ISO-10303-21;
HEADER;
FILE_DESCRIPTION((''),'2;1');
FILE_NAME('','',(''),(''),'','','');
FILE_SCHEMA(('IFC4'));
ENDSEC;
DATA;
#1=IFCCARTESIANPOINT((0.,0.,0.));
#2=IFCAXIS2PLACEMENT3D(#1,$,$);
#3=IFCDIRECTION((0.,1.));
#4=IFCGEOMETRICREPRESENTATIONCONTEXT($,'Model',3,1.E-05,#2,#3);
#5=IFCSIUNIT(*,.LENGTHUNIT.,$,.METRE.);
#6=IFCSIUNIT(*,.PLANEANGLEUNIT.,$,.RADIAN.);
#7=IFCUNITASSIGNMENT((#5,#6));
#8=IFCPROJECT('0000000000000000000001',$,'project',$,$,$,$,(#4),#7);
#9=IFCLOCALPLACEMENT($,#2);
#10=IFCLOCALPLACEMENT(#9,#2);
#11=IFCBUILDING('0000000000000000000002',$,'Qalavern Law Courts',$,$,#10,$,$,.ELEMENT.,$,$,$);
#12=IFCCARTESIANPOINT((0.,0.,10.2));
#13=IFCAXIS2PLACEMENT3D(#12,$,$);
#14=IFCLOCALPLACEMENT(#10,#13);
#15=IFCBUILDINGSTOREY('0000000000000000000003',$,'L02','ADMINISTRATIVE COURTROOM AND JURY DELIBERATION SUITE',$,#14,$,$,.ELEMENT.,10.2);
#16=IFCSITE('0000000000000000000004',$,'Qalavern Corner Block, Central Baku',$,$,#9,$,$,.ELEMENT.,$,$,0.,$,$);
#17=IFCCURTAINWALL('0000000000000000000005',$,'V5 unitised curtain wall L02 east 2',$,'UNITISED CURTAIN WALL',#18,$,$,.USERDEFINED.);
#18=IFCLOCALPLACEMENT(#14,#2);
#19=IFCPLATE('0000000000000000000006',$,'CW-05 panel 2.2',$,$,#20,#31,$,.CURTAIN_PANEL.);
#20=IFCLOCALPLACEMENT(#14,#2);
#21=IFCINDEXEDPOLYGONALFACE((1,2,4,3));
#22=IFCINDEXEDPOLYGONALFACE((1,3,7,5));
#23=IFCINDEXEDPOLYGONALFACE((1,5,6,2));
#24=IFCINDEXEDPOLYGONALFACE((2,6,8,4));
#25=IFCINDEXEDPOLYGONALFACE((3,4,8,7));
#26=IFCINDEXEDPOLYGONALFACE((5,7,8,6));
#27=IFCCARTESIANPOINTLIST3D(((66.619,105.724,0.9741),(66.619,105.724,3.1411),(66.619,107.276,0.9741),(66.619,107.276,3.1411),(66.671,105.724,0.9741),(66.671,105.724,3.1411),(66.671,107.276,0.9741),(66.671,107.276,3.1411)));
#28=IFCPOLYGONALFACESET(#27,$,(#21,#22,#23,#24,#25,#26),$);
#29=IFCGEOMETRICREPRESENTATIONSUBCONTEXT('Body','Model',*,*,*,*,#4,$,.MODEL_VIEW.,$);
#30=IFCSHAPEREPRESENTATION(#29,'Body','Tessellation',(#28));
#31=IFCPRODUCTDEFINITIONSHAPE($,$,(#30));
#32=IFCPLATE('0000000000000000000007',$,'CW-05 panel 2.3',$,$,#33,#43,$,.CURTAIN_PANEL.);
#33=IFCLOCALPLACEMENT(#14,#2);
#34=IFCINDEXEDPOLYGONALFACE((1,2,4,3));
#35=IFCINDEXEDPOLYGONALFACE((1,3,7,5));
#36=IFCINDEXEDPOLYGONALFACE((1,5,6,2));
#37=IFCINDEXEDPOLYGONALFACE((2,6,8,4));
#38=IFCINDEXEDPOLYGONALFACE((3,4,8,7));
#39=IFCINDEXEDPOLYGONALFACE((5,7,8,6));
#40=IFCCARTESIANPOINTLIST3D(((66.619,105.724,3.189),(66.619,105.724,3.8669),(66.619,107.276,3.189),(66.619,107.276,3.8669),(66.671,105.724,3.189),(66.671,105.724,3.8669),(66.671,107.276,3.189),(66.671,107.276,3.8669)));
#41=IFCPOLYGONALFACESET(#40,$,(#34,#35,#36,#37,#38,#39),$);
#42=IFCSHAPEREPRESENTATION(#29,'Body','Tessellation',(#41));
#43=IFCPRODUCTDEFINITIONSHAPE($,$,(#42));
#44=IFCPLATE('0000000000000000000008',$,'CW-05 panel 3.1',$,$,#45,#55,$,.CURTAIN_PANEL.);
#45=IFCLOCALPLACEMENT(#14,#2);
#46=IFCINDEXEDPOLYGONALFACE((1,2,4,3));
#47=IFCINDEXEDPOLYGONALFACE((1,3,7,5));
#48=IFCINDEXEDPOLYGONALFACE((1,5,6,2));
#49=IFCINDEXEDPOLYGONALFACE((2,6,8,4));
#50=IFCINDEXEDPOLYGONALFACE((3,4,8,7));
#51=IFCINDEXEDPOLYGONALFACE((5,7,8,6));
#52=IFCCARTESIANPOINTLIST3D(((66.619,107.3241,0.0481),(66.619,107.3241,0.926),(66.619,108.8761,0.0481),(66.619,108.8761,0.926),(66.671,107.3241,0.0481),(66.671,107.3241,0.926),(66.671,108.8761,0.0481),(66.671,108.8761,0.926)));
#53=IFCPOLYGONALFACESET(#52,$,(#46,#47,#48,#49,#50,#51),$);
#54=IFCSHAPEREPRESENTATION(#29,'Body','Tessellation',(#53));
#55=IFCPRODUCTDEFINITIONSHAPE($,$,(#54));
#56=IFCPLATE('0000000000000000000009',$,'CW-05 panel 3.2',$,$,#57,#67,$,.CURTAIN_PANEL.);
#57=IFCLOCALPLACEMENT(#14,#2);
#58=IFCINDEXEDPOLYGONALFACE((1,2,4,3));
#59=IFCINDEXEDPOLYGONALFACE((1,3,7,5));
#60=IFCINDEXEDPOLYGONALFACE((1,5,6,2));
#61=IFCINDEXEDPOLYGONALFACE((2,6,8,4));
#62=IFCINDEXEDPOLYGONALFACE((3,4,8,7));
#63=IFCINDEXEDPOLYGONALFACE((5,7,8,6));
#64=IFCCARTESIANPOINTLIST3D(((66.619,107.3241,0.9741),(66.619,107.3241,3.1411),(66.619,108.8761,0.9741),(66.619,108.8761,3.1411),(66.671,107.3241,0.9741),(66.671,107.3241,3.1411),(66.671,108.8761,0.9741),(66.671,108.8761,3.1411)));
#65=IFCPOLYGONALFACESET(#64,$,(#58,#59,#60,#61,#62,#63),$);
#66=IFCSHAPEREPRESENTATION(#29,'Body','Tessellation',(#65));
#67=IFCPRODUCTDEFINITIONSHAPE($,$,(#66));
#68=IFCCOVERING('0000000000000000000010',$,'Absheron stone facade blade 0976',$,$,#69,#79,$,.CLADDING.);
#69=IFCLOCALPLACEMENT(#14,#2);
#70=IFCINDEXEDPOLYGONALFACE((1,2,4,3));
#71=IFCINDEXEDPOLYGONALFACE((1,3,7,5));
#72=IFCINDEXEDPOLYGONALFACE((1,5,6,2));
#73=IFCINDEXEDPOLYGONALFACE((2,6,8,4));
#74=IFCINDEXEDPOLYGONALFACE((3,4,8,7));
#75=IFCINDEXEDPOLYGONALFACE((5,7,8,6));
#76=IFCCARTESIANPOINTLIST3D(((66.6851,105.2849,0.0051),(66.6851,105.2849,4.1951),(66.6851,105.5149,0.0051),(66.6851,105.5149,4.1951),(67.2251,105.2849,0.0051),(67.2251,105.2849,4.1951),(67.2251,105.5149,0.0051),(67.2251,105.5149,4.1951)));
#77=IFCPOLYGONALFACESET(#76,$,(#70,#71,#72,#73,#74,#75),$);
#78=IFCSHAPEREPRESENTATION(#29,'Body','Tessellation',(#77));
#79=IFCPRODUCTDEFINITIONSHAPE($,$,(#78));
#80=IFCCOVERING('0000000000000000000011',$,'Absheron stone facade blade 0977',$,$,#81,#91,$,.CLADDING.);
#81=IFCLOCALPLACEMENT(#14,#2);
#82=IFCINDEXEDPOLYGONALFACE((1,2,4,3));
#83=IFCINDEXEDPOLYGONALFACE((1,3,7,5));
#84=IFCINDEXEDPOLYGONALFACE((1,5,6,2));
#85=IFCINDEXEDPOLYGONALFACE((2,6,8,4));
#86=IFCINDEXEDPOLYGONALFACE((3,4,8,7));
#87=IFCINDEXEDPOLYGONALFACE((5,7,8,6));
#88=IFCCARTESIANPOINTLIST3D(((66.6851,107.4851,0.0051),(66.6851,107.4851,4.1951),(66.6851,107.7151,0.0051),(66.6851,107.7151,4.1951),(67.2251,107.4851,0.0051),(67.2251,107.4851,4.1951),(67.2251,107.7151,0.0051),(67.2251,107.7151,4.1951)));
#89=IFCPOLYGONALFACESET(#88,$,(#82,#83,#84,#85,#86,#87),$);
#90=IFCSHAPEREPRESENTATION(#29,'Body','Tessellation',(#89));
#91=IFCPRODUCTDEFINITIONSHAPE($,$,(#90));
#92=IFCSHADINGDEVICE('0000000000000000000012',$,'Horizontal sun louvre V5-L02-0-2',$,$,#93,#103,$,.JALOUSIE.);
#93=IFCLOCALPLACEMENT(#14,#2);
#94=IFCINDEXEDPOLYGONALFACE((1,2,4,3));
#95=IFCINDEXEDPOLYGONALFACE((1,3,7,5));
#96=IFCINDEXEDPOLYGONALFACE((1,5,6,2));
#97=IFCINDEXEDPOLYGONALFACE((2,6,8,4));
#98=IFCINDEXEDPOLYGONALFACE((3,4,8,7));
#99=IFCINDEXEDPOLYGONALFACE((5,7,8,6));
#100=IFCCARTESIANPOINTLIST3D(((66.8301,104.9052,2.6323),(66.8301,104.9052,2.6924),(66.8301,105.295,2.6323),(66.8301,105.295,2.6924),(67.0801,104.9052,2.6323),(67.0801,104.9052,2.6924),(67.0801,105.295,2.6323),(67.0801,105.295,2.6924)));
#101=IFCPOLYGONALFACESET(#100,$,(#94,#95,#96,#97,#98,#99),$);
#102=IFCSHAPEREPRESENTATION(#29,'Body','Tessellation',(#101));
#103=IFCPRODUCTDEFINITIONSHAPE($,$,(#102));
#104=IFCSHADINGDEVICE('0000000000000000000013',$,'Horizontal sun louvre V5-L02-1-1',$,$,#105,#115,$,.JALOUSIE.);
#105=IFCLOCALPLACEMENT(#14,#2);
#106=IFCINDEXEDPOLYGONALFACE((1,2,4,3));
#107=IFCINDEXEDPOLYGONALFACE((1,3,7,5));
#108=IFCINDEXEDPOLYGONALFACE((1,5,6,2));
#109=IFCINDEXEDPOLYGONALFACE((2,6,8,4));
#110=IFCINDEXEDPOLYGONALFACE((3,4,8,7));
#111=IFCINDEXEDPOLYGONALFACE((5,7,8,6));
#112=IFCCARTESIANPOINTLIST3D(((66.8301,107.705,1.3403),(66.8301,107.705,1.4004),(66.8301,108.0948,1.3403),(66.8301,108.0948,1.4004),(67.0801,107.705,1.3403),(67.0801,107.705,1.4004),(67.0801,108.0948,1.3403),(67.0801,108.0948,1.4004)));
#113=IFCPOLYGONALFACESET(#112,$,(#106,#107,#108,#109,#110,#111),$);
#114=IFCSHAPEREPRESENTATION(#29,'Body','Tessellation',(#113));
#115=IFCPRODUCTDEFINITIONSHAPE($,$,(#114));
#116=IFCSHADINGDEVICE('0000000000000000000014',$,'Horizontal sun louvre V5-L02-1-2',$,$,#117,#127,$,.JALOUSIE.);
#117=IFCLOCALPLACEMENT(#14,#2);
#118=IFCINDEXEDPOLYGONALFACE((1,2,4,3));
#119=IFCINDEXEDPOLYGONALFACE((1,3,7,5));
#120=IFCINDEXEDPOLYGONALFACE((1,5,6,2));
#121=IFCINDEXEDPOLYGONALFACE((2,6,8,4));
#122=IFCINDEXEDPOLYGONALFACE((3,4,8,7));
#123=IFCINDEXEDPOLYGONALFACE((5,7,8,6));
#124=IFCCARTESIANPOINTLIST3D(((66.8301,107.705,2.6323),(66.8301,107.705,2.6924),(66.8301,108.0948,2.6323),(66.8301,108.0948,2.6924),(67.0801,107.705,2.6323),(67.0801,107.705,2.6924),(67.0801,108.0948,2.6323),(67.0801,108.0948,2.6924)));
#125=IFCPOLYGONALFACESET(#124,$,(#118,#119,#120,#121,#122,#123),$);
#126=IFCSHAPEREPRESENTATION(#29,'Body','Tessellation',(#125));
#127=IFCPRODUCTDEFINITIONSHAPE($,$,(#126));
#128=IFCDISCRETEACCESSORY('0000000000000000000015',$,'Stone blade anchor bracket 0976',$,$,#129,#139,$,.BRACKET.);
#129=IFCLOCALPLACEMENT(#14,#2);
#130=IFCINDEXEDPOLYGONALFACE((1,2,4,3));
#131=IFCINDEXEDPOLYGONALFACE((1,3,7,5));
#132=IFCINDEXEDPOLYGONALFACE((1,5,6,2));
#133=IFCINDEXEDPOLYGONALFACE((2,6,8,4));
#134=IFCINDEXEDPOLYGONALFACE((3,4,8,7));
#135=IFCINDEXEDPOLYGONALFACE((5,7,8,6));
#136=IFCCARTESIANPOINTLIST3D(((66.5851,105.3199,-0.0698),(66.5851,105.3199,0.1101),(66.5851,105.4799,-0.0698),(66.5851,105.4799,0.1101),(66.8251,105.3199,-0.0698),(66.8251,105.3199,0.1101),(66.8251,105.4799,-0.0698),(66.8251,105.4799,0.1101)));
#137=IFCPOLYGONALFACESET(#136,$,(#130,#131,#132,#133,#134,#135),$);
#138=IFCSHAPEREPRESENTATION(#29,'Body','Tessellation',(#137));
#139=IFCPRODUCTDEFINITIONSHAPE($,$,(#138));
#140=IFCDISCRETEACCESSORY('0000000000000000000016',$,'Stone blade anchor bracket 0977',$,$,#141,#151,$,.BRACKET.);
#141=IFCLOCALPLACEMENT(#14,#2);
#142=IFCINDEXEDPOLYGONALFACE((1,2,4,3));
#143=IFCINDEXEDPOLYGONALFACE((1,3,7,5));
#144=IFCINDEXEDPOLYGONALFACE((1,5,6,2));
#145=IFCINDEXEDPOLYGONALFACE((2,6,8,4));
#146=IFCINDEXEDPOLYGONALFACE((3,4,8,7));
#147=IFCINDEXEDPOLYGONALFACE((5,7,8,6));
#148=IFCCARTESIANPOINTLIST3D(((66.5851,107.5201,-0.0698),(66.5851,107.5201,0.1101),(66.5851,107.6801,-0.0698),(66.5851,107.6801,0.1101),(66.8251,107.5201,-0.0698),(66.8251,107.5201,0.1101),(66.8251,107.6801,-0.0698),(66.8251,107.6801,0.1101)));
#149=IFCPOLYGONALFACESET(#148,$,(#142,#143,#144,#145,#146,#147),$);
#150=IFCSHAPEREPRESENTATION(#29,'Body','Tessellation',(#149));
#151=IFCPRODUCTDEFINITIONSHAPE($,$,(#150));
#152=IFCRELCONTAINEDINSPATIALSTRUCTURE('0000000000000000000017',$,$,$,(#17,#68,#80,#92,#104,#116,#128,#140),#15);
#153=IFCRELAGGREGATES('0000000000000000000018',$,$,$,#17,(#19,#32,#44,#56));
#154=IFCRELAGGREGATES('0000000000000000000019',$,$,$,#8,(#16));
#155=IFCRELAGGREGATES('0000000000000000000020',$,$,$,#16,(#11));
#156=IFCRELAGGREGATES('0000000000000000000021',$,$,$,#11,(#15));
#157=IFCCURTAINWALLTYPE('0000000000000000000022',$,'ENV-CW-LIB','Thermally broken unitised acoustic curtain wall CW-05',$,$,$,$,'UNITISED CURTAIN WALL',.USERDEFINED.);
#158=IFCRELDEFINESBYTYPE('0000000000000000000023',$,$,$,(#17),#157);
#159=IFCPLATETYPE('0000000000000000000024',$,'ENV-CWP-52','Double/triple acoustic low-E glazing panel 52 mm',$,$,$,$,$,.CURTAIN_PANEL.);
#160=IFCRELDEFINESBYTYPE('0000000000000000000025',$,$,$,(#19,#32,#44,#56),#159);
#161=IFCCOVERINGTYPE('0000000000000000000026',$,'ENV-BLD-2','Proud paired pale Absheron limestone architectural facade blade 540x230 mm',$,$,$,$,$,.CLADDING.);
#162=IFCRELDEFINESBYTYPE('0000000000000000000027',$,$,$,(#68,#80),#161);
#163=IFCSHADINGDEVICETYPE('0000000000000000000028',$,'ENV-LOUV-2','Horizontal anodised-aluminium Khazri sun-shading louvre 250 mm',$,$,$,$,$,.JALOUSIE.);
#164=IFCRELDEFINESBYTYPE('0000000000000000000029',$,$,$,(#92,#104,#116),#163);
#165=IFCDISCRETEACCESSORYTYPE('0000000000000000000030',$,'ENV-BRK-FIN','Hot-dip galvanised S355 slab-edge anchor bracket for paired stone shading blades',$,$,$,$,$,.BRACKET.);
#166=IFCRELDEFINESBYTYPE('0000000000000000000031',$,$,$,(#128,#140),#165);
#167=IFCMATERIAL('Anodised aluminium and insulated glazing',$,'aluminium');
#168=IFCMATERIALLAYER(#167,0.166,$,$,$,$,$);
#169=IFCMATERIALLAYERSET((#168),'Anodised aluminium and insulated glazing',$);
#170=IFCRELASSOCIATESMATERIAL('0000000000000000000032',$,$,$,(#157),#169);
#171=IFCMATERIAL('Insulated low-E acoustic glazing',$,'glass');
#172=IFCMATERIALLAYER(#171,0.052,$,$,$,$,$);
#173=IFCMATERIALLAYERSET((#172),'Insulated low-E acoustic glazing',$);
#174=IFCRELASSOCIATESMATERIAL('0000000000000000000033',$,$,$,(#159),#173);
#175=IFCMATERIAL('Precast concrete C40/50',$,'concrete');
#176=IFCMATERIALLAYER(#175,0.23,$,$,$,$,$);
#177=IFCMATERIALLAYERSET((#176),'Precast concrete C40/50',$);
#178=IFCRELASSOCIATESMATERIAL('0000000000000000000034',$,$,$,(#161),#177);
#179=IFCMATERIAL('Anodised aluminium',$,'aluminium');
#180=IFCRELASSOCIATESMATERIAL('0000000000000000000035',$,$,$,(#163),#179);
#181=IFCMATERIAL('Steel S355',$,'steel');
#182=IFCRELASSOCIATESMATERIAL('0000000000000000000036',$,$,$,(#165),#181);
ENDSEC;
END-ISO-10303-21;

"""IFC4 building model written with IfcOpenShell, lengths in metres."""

from ifc_helpers import new_model, si_unit, direction, frame, origin, origin_2d, place, context, subcontext, project, spatial, rectangle, extrude, material, layer, layer_set, type_object, element, aggregate, save


model = new_model("IFC4")

# Units and contexts
model_context = context("Model", 3, precision=1e-05, world=origin(), true_north=direction((0.0, 1.0)))
body_context = subcontext(model_context, "Body", "Model", "MODEL_VIEW")
ifc_project = project(units=[si_unit("LENGTHUNIT", "METRE"), si_unit("PLANEANGLEUNIT", "RADIAN")], contexts=[model_context])

# Site, building, storey
site_placement = place(None, origin())
site = spatial("IfcSite", under=ifc_project, at=site_placement, Name="Qalavern Corner Block, Central Baku", CompositionType="ELEMENT", RefElevation=0.0)
building_placement = place(site_placement, origin())
building = spatial("IfcBuilding", under=site, at=building_placement, Name="Qalavern Law Courts", CompositionType="ELEMENT")
storey_placement = place(building_placement, frame((0.0, 0.0, 10.2)))
storey = spatial("IfcBuildingStorey", under=building, at=storey_placement, Name="L02", Description="ADMINISTRATIVE COURTROOM AND JURY DELIBERATION SUITE", CompositionType="ELEMENT", Elevation=10.2)

# Curtain wall, plates
ifc_material_1 = material(Name="Anodised aluminium and insulated glazing", Category="aluminium")
ifc_layer_1 = layer(ifc_material_1, 0.166)
ifc_layer_set_1 = layer_set([ifc_layer_1], Name="Anodised aluminium and insulated glazing")
curtain_wall_type = type_object("IfcCurtainWallType", Name="ENV-CW-LIB", Description="Thermally broken unitised acoustic curtain wall CW-05", ElementType="UNITISED CURTAIN WALL", PredefinedType="USERDEFINED", material=ifc_layer_set_1)
curtain_wall_placement = place(storey_placement, origin())
curtain_wall = element("IfcCurtainWall", 1, at=curtain_wall_placement, inside=storey, type_object=curtain_wall_type, Name="V5 unitised curtain wall L02 east 2", ObjectType="UNITISED CURTAIN WALL", PredefinedType="USERDEFINED")
ifc_material_2 = material(Name="Anodised aluminium", Category="aluminium")
ifc_material_3 = material(Name="Insulated low-E acoustic glazing", Category="glass")
ifc_layer_2 = layer(ifc_material_3, 0.052)
ifc_layer_set_2 = layer_set([ifc_layer_2], Name="Insulated low-E acoustic glazing")
plate_type = type_object("IfcPlateType", Name="ENV-CWP-52", Description="Double/triple acoustic low-E glazing panel 52 mm", PredefinedType="CURTAIN_PANEL", material=ifc_layer_set_2)
plate_1_placement = place(storey_placement, frame((66.645, 106.5, 0.9741), z_axis=(0.0, 0.0, 1.0), x_axis=(0.0, 1.0, 0.0)))
plate_1 = element("IfcPlate", 2, at=plate_1_placement, type_object=plate_type, Name="CW-05 panel 2.2", PredefinedType="CURTAIN_PANEL", context=body_context, shape_type="SweptSolid", body=[
    extrude(rectangle(XDim=1.552, YDim=0.052, at=origin_2d()), origin(), (0.0, 0.0, 1.0), 2.167),
])
plate_2_placement = place(storey_placement, frame((66.645, 106.5, 3.189), z_axis=(0.0, 0.0, 1.0), x_axis=(0.0, 1.0, 0.0)))
plate_2 = element("IfcPlate", 3, at=plate_2_placement, type_object=plate_type, Name="CW-05 panel 2.3", PredefinedType="CURTAIN_PANEL", context=body_context, shape_type="SweptSolid", body=[
    extrude(rectangle(XDim=1.552, YDim=0.052, at=origin_2d()), origin(), (0.0, 0.0, 1.0), 0.678),
])
plate_3_placement = place(storey_placement, frame((66.645, 108.1001, 0.0481), z_axis=(0.0, 0.0, 1.0), x_axis=(0.0, 1.0, 0.0)))
plate_3 = element("IfcPlate", 4, at=plate_3_placement, type_object=plate_type, Name="CW-05 panel 3.1", PredefinedType="CURTAIN_PANEL", context=body_context, shape_type="SweptSolid", body=[
    extrude(rectangle(XDim=1.552, YDim=0.052, at=origin_2d()), origin(), (0.0, 0.0, 1.0), 0.8779),
])
plate_4_placement = place(storey_placement, frame((66.645, 108.1001, 0.9741), z_axis=(0.0, 0.0, 1.0), x_axis=(0.0, 1.0, 0.0)))
plate_4 = element("IfcPlate", 5, at=plate_4_placement, type_object=plate_type, Name="CW-05 panel 3.2", PredefinedType="CURTAIN_PANEL", context=body_context, shape_type="SweptSolid", body=[
    extrude(rectangle(XDim=1.552, YDim=0.052, at=origin_2d()), origin(), (0.0, 0.0, 1.0), 2.167),
])
aggregate(curtain_wall, [plate_1, plate_2, plate_3, plate_4])

# Coverings
ifc_material_4 = material(Name="Precast concrete C40/50", Category="concrete")
ifc_layer_3 = layer(ifc_material_4, 0.23)
ifc_layer_set_3 = layer_set([ifc_layer_3], Name="Precast concrete C40/50")
covering_type = type_object("IfcCoveringType", Name="ENV-BLD-2", Description="Proud paired pale Absheron limestone architectural facade blade 540x230 mm", PredefinedType="CLADDING", material=ifc_layer_set_3)
for number, where, z_axis, x_axis, name in (
    (6, (66.9551, 105.3999, 0.0051), (0.0, 0.0, 1.0), (1.0, 0.0, 0.0), "Absheron stone facade blade 0976"),
    (7, (66.9551, 107.6001, 0.0051), (0.0, 0.0, 1.0), (1.0, 0.0, 0.0), "Absheron stone facade blade 0977"),
):
    element("IfcCovering", number, at=place(storey_placement, frame(where, z_axis=z_axis, x_axis=x_axis)), inside=storey, type_object=covering_type, Name=name, PredefinedType="CLADDING", context=body_context, shape_type="SweptSolid", body=[
        extrude(rectangle(XDim=0.54, YDim=0.23, at=origin_2d()), origin(), (0.0, 0.0, 1.0), 4.1899),
    ])

# Shading devices
shading_device_type = type_object("IfcShadingDeviceType", Name="ENV-LOUV-2", Description="Horizontal anodised-aluminium Khazri sun-shading louvre 250 mm", PredefinedType="JALOUSIE", material=ifc_material_2)
for number, where, z_axis, x_axis, name in (
    (8, (66.9551, 105.1001, 2.6323), (0.0, 0.0, 1.0), (0.0, 1.0, 0.0), "Horizontal sun louvre V5-L02-0-2"),
    (9, (66.9551, 107.8999, 1.3403), (0.0, 0.0, 1.0), (0.0, 1.0, 0.0), "Horizontal sun louvre V5-L02-1-1"),
    (10, (66.9551, 107.8999, 2.6323), (0.0, 0.0, 1.0), (0.0, 1.0, 0.0), "Horizontal sun louvre V5-L02-1-2"),
):
    element("IfcShadingDevice", number, at=place(storey_placement, frame(where, z_axis=z_axis, x_axis=x_axis)), inside=storey, type_object=shading_device_type, Name=name, PredefinedType="JALOUSIE", context=body_context, shape_type="SweptSolid", body=[
        extrude(rectangle(XDim=0.3899, YDim=0.25, at=origin_2d()), origin(), (0.0, 0.0, 1.0), 0.0601),
    ])

# Discrete accessories
ifc_material_5 = material(Name="Steel S355", Category="steel")
discrete_accessory_type = type_object("IfcDiscreteAccessoryType", Name="ENV-BRK-FIN", Description="Hot-dip galvanised S355 slab-edge anchor bracket for paired stone shading blades", PredefinedType="BRACKET", material=ifc_material_5)
for number, where, z_axis, x_axis, name in (
    (11, (66.7051, 105.3999, -0.0698), (0.0, 0.0, 1.0), (1.0, 0.0, 0.0), "Stone blade anchor bracket 0976"),
    (12, (66.7051, 107.6001, -0.0698), (0.0, 0.0, 1.0), (1.0, 0.0, 0.0), "Stone blade anchor bracket 0977"),
):
    element("IfcDiscreteAccessory", number, at=place(storey_placement, frame(where, z_axis=z_axis, x_axis=x_axis)), inside=storey, type_object=discrete_accessory_type, Name=name, PredefinedType="BRACKET", context=body_context, shape_type="SweptSolid", body=[
        extrude(rectangle(XDim=0.24, YDim=0.1599, at=origin_2d()), origin(), (0.0, 0.0, 1.0), 0.1799),
    ])

save(model, "model.ifc")
